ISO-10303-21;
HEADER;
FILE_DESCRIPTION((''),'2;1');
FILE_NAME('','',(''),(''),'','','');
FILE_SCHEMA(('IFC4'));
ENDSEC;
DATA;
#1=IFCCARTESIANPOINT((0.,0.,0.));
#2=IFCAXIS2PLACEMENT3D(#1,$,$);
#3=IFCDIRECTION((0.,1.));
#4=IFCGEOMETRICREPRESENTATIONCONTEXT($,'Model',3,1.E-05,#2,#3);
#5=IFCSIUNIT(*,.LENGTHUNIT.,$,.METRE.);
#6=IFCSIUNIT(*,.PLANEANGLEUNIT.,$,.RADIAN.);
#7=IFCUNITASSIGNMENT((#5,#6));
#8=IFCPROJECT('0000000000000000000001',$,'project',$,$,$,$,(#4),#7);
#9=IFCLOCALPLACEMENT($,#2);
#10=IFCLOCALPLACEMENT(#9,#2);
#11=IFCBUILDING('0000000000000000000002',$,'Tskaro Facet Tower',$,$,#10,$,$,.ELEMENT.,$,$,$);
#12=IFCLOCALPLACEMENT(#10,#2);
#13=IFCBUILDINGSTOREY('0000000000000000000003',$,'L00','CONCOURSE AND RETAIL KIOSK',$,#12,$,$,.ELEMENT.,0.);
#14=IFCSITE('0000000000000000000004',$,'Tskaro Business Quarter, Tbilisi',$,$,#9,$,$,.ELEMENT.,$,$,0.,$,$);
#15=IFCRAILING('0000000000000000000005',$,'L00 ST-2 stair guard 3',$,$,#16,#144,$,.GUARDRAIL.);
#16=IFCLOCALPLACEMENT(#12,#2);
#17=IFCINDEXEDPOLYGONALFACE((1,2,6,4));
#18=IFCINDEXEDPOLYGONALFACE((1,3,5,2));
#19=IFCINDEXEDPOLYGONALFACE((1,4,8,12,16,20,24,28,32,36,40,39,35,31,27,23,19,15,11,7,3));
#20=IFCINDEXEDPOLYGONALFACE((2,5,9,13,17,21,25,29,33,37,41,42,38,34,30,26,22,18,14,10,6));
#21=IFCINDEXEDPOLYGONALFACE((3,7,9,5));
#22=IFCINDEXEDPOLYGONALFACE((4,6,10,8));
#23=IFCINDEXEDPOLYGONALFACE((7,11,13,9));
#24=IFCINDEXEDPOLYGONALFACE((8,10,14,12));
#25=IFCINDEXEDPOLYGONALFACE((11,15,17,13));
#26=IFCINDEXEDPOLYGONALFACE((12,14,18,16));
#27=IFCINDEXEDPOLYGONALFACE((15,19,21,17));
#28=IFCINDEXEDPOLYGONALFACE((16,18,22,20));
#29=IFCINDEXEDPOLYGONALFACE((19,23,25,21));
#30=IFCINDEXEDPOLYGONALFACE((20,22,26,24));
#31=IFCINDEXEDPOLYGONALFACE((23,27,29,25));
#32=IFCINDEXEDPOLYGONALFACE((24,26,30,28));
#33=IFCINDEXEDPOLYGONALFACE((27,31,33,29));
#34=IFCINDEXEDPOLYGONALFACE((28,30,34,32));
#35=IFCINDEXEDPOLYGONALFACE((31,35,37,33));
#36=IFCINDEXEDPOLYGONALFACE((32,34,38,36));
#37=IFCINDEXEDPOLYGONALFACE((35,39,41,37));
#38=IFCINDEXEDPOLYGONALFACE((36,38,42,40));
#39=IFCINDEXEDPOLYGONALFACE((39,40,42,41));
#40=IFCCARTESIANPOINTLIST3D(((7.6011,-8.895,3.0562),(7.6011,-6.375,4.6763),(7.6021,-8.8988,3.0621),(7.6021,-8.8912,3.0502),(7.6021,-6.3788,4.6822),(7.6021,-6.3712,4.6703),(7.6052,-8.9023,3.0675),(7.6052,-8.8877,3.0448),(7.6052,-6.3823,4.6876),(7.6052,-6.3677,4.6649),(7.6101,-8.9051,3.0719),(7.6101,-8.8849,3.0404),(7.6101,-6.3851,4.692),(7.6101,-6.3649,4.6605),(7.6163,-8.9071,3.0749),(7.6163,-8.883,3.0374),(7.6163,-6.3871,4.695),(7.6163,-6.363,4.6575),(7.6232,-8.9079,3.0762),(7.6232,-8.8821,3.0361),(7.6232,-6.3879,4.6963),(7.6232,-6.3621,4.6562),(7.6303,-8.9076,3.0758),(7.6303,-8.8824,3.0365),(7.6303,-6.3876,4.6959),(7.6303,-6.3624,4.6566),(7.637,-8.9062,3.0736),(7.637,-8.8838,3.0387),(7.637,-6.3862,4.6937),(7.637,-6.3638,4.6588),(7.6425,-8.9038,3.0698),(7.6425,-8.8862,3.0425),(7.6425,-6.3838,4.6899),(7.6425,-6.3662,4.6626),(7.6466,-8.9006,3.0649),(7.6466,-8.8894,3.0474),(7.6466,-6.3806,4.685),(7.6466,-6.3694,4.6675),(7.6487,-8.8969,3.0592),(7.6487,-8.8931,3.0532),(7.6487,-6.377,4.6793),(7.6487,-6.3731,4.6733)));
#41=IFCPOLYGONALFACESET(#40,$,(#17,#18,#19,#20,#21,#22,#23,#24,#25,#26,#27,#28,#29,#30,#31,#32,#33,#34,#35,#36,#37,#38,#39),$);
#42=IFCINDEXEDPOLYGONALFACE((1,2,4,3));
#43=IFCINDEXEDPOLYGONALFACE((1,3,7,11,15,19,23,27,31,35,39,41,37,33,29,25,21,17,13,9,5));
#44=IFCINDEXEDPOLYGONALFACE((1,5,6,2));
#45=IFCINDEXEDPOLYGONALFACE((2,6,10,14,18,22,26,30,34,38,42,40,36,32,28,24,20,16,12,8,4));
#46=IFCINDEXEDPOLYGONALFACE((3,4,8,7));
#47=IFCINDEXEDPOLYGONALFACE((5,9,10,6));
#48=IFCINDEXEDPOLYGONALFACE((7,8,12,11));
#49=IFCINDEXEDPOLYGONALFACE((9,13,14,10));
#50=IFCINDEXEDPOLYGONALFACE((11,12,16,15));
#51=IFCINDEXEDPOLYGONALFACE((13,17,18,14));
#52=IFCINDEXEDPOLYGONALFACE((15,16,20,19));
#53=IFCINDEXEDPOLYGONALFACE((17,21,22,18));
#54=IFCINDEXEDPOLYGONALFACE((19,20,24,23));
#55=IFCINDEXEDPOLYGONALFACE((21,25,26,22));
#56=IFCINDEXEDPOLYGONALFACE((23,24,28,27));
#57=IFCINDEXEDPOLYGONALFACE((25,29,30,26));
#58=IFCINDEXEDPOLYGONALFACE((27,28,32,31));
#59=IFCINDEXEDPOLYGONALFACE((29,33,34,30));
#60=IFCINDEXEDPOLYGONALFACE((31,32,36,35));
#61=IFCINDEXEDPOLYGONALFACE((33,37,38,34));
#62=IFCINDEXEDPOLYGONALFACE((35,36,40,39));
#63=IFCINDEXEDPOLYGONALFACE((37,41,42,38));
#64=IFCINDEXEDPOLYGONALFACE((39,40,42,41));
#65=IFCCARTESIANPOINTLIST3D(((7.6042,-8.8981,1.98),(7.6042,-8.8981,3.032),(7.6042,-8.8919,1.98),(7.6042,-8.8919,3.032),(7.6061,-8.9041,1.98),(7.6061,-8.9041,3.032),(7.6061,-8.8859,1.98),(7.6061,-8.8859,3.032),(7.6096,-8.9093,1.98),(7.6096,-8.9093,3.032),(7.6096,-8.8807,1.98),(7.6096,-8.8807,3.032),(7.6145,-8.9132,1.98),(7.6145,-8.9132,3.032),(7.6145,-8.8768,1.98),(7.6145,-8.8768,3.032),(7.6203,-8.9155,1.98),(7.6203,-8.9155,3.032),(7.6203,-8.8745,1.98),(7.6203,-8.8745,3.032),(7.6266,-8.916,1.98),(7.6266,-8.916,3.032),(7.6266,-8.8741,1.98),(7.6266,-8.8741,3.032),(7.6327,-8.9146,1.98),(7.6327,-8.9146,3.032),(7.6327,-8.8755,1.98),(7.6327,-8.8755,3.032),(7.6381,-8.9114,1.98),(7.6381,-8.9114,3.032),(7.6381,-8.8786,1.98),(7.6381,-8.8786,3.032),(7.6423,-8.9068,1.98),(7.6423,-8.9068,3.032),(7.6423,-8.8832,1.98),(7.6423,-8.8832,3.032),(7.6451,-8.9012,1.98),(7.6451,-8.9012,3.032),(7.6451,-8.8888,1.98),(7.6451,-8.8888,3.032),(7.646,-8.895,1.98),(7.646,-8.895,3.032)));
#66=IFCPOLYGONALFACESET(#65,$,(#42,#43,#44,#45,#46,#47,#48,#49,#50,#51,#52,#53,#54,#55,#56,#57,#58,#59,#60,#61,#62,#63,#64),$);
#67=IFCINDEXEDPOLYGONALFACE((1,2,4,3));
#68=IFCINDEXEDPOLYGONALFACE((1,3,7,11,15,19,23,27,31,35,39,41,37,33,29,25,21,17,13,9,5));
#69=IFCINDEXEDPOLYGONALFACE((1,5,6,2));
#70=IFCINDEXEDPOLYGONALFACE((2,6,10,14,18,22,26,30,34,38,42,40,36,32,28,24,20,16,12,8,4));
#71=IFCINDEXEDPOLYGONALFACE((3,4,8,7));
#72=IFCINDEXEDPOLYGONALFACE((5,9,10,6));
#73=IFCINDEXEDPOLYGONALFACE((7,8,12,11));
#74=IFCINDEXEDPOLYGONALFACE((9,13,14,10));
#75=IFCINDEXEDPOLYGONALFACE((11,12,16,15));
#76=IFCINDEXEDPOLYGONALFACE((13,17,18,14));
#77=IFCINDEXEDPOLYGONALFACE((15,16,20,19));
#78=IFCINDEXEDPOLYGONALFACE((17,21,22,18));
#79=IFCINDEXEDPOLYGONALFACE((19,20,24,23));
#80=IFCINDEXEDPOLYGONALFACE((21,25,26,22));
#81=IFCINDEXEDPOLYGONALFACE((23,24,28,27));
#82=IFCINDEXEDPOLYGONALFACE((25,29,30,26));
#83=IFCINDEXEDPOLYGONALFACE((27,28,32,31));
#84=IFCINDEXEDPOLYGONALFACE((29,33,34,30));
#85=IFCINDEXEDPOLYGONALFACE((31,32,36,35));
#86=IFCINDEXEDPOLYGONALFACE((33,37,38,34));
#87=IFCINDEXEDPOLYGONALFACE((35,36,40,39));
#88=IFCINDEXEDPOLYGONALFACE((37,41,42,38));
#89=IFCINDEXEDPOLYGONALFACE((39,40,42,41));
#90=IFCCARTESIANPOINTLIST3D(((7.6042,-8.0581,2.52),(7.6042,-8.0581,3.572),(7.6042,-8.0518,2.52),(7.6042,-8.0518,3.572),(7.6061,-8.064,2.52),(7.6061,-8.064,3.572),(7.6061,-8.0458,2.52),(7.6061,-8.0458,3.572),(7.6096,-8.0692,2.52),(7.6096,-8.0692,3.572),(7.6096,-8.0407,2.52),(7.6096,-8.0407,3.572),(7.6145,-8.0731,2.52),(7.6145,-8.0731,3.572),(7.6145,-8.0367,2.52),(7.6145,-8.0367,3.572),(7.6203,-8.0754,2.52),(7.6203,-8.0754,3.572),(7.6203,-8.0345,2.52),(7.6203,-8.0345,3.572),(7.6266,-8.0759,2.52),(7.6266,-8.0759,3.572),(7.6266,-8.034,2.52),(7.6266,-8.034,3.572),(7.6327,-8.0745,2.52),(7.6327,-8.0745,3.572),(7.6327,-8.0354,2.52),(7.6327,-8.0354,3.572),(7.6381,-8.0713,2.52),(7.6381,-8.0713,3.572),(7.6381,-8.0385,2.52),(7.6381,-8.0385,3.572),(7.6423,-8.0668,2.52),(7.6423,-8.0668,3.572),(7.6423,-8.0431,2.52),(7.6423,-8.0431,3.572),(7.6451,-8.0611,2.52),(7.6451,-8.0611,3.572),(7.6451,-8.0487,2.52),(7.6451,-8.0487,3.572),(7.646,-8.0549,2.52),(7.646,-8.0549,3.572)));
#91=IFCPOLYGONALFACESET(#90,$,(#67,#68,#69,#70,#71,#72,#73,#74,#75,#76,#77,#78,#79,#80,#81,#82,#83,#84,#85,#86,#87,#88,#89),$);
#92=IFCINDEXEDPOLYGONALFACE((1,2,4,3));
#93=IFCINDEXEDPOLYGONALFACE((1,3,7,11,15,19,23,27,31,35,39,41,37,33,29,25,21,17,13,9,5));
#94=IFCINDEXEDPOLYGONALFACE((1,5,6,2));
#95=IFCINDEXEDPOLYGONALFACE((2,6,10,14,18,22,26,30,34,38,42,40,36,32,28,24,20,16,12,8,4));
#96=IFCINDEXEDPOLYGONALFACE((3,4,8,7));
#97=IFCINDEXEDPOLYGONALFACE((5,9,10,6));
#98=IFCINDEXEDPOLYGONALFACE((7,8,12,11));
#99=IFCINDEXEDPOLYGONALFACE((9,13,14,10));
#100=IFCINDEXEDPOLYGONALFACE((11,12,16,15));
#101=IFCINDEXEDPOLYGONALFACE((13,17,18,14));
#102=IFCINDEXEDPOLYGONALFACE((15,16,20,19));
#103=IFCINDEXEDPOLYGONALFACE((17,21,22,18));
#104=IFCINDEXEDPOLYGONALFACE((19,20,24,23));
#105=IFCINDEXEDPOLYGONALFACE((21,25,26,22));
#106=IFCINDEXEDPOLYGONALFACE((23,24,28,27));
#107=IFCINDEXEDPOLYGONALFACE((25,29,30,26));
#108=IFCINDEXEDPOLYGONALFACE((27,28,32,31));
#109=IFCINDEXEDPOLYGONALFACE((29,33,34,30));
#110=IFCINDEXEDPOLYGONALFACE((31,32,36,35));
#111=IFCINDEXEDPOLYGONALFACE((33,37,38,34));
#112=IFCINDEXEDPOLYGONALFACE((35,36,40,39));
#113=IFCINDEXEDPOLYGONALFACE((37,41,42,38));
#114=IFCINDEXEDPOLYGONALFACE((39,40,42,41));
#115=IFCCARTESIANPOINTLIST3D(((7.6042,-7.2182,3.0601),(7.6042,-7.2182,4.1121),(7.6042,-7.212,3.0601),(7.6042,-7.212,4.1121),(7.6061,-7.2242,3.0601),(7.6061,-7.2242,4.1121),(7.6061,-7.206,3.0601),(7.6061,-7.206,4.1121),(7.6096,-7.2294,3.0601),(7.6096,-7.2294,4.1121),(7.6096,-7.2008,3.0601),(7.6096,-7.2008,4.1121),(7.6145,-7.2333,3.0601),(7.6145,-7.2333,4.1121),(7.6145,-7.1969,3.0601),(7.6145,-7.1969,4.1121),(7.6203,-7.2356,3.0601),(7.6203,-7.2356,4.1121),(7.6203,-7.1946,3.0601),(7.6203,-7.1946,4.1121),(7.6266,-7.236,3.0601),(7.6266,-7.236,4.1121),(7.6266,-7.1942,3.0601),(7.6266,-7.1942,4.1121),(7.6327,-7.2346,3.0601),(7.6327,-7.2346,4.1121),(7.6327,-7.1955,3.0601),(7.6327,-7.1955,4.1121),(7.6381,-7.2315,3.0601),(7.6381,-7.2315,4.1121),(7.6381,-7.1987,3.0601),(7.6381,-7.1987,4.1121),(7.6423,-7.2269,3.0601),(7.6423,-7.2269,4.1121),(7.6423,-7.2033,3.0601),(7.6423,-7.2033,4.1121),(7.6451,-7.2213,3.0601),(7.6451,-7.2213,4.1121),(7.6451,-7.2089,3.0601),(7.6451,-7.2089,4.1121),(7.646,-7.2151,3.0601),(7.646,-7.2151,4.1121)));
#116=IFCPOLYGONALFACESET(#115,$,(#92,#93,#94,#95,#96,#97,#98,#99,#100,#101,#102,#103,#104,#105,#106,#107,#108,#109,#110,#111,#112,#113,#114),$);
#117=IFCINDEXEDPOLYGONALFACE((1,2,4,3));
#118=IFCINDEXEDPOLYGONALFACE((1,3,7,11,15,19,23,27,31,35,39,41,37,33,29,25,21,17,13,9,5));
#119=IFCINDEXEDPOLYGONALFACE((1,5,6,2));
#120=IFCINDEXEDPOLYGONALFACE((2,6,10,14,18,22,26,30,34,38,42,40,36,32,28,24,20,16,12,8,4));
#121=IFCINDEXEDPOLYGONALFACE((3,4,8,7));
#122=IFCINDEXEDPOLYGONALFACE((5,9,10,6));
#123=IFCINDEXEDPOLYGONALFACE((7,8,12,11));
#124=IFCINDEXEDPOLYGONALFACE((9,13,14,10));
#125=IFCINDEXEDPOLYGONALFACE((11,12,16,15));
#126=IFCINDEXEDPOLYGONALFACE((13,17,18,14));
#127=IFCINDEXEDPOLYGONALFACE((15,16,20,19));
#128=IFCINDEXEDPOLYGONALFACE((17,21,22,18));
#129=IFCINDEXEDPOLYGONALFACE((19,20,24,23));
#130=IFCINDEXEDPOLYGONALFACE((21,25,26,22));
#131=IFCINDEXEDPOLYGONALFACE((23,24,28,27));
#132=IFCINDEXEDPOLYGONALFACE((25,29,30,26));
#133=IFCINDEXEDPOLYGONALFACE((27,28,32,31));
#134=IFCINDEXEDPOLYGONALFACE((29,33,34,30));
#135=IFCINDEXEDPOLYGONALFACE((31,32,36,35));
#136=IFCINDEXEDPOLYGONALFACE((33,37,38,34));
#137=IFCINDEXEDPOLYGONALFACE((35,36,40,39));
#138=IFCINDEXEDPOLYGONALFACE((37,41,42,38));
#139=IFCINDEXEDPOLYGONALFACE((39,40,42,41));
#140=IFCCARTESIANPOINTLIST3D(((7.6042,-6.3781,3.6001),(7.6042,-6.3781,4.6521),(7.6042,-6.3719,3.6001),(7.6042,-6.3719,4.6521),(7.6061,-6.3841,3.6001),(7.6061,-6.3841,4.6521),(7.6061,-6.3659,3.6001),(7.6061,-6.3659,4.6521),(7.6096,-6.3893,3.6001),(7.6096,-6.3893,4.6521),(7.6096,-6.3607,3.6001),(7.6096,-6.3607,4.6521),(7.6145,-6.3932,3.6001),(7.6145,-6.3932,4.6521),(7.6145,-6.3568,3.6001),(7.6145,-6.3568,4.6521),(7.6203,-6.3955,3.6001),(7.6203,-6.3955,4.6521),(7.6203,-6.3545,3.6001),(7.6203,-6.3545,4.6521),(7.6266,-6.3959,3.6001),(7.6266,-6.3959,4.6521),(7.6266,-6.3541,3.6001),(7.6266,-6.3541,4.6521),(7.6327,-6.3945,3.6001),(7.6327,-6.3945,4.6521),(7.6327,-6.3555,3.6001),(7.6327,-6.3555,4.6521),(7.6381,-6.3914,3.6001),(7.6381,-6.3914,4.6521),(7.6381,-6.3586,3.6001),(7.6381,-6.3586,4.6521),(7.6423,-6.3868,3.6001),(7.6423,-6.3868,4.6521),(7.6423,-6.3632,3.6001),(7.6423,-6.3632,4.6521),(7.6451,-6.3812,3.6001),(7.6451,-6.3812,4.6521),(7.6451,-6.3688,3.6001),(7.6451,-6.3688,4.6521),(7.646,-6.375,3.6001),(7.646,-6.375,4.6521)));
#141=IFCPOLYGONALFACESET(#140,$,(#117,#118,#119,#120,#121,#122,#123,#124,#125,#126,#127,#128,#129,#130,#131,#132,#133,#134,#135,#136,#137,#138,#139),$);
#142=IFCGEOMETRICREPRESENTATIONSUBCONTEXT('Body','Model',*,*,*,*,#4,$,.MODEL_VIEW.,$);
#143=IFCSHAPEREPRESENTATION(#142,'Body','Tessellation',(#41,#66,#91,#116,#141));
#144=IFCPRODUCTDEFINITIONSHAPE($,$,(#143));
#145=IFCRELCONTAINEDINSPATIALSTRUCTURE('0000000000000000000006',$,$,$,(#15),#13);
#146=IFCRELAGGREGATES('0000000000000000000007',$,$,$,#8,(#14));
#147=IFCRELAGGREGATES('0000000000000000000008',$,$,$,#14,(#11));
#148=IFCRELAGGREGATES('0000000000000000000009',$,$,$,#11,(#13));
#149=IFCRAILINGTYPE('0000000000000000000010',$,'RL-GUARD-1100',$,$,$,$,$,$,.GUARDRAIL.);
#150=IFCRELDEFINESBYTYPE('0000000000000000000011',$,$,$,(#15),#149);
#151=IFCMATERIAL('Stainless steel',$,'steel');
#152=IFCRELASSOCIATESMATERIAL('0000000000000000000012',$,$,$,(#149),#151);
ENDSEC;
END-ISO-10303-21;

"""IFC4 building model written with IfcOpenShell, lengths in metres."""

from ifc_helpers import new_model, si_unit, direction, frame, origin, origin_2d, place, context, subcontext, project, spatial, circle, extrude, material, type_object, element, save


model = new_model("IFC4")

# Units and contexts
model_context = context("Model", 3, precision=1e-05, world=origin(), true_north=direction((0.0, 1.0)))
body_context = subcontext(model_context, "Body", "Model", "MODEL_VIEW")
ifc_project = project(units=[si_unit("LENGTHUNIT", "METRE"), si_unit("PLANEANGLEUNIT", "RADIAN")], contexts=[model_context])

# Site, building, storey
site_placement = place(None, origin())
site = spatial("IfcSite", under=ifc_project, at=site_placement, Name="Tskaro Business Quarter, Tbilisi", CompositionType="ELEMENT", RefElevation=0.0)
building_placement = place(site_placement, origin())
building = spatial("IfcBuilding", under=site, at=building_placement, Name="Tskaro Facet Tower", CompositionType="ELEMENT")
storey_placement = place(building_placement, origin())
storey = spatial("IfcBuildingStorey", under=building, at=storey_placement, Name="L00", Description="CONCOURSE AND RETAIL KIOSK", CompositionType="ELEMENT", Elevation=0.0)

# Railing
ifc_material_1 = material(Name="Stainless steel", Category="steel")
railing_type_1 = type_object("IfcRailingType", Name="RL-GUARD-1100", PredefinedType="GUARDRAIL", material=ifc_material_1)
railing_1_placement = place(storey_placement, frame((7.625, -8.895, 1.98)))
element("IfcRailing", 1, at=railing_1_placement, inside=storey, type_object=railing_type_1, Name="L00 ST-2 stair guard 3", PredefinedType="GUARDRAIL", context=body_context, shape_type="SweptSolid", body=[
    extrude(circle(Radius=0.0239, at=origin_2d()), frame((0.0, 0.0, 1.0762), z_axis=(0.0, 0.841163, 0.540782), x_axis=(-1.0, 0.0, 0.0)), (0.0, 0.0, 1.0), 2.9958),
    extrude(circle(Radius=0.021, at=origin_2d()), origin(), (0.0, 0.0, 1.0), 1.052),
    extrude(circle(Radius=0.021, at=origin_2d()), frame((0.0, 0.8401, 0.54)), (0.0, 0.0, 1.0), 1.052),
    extrude(circle(Radius=0.021, at=origin_2d()), frame((0.0, 1.6799, 1.0801)), (0.0, 0.0, 1.0), 1.052),
    extrude(circle(Radius=0.021, at=origin_2d()), frame((0.0, 2.52, 1.6201)), (0.0, 0.0, 1.0), 1.052),
])

save(model, "model.ifc")
